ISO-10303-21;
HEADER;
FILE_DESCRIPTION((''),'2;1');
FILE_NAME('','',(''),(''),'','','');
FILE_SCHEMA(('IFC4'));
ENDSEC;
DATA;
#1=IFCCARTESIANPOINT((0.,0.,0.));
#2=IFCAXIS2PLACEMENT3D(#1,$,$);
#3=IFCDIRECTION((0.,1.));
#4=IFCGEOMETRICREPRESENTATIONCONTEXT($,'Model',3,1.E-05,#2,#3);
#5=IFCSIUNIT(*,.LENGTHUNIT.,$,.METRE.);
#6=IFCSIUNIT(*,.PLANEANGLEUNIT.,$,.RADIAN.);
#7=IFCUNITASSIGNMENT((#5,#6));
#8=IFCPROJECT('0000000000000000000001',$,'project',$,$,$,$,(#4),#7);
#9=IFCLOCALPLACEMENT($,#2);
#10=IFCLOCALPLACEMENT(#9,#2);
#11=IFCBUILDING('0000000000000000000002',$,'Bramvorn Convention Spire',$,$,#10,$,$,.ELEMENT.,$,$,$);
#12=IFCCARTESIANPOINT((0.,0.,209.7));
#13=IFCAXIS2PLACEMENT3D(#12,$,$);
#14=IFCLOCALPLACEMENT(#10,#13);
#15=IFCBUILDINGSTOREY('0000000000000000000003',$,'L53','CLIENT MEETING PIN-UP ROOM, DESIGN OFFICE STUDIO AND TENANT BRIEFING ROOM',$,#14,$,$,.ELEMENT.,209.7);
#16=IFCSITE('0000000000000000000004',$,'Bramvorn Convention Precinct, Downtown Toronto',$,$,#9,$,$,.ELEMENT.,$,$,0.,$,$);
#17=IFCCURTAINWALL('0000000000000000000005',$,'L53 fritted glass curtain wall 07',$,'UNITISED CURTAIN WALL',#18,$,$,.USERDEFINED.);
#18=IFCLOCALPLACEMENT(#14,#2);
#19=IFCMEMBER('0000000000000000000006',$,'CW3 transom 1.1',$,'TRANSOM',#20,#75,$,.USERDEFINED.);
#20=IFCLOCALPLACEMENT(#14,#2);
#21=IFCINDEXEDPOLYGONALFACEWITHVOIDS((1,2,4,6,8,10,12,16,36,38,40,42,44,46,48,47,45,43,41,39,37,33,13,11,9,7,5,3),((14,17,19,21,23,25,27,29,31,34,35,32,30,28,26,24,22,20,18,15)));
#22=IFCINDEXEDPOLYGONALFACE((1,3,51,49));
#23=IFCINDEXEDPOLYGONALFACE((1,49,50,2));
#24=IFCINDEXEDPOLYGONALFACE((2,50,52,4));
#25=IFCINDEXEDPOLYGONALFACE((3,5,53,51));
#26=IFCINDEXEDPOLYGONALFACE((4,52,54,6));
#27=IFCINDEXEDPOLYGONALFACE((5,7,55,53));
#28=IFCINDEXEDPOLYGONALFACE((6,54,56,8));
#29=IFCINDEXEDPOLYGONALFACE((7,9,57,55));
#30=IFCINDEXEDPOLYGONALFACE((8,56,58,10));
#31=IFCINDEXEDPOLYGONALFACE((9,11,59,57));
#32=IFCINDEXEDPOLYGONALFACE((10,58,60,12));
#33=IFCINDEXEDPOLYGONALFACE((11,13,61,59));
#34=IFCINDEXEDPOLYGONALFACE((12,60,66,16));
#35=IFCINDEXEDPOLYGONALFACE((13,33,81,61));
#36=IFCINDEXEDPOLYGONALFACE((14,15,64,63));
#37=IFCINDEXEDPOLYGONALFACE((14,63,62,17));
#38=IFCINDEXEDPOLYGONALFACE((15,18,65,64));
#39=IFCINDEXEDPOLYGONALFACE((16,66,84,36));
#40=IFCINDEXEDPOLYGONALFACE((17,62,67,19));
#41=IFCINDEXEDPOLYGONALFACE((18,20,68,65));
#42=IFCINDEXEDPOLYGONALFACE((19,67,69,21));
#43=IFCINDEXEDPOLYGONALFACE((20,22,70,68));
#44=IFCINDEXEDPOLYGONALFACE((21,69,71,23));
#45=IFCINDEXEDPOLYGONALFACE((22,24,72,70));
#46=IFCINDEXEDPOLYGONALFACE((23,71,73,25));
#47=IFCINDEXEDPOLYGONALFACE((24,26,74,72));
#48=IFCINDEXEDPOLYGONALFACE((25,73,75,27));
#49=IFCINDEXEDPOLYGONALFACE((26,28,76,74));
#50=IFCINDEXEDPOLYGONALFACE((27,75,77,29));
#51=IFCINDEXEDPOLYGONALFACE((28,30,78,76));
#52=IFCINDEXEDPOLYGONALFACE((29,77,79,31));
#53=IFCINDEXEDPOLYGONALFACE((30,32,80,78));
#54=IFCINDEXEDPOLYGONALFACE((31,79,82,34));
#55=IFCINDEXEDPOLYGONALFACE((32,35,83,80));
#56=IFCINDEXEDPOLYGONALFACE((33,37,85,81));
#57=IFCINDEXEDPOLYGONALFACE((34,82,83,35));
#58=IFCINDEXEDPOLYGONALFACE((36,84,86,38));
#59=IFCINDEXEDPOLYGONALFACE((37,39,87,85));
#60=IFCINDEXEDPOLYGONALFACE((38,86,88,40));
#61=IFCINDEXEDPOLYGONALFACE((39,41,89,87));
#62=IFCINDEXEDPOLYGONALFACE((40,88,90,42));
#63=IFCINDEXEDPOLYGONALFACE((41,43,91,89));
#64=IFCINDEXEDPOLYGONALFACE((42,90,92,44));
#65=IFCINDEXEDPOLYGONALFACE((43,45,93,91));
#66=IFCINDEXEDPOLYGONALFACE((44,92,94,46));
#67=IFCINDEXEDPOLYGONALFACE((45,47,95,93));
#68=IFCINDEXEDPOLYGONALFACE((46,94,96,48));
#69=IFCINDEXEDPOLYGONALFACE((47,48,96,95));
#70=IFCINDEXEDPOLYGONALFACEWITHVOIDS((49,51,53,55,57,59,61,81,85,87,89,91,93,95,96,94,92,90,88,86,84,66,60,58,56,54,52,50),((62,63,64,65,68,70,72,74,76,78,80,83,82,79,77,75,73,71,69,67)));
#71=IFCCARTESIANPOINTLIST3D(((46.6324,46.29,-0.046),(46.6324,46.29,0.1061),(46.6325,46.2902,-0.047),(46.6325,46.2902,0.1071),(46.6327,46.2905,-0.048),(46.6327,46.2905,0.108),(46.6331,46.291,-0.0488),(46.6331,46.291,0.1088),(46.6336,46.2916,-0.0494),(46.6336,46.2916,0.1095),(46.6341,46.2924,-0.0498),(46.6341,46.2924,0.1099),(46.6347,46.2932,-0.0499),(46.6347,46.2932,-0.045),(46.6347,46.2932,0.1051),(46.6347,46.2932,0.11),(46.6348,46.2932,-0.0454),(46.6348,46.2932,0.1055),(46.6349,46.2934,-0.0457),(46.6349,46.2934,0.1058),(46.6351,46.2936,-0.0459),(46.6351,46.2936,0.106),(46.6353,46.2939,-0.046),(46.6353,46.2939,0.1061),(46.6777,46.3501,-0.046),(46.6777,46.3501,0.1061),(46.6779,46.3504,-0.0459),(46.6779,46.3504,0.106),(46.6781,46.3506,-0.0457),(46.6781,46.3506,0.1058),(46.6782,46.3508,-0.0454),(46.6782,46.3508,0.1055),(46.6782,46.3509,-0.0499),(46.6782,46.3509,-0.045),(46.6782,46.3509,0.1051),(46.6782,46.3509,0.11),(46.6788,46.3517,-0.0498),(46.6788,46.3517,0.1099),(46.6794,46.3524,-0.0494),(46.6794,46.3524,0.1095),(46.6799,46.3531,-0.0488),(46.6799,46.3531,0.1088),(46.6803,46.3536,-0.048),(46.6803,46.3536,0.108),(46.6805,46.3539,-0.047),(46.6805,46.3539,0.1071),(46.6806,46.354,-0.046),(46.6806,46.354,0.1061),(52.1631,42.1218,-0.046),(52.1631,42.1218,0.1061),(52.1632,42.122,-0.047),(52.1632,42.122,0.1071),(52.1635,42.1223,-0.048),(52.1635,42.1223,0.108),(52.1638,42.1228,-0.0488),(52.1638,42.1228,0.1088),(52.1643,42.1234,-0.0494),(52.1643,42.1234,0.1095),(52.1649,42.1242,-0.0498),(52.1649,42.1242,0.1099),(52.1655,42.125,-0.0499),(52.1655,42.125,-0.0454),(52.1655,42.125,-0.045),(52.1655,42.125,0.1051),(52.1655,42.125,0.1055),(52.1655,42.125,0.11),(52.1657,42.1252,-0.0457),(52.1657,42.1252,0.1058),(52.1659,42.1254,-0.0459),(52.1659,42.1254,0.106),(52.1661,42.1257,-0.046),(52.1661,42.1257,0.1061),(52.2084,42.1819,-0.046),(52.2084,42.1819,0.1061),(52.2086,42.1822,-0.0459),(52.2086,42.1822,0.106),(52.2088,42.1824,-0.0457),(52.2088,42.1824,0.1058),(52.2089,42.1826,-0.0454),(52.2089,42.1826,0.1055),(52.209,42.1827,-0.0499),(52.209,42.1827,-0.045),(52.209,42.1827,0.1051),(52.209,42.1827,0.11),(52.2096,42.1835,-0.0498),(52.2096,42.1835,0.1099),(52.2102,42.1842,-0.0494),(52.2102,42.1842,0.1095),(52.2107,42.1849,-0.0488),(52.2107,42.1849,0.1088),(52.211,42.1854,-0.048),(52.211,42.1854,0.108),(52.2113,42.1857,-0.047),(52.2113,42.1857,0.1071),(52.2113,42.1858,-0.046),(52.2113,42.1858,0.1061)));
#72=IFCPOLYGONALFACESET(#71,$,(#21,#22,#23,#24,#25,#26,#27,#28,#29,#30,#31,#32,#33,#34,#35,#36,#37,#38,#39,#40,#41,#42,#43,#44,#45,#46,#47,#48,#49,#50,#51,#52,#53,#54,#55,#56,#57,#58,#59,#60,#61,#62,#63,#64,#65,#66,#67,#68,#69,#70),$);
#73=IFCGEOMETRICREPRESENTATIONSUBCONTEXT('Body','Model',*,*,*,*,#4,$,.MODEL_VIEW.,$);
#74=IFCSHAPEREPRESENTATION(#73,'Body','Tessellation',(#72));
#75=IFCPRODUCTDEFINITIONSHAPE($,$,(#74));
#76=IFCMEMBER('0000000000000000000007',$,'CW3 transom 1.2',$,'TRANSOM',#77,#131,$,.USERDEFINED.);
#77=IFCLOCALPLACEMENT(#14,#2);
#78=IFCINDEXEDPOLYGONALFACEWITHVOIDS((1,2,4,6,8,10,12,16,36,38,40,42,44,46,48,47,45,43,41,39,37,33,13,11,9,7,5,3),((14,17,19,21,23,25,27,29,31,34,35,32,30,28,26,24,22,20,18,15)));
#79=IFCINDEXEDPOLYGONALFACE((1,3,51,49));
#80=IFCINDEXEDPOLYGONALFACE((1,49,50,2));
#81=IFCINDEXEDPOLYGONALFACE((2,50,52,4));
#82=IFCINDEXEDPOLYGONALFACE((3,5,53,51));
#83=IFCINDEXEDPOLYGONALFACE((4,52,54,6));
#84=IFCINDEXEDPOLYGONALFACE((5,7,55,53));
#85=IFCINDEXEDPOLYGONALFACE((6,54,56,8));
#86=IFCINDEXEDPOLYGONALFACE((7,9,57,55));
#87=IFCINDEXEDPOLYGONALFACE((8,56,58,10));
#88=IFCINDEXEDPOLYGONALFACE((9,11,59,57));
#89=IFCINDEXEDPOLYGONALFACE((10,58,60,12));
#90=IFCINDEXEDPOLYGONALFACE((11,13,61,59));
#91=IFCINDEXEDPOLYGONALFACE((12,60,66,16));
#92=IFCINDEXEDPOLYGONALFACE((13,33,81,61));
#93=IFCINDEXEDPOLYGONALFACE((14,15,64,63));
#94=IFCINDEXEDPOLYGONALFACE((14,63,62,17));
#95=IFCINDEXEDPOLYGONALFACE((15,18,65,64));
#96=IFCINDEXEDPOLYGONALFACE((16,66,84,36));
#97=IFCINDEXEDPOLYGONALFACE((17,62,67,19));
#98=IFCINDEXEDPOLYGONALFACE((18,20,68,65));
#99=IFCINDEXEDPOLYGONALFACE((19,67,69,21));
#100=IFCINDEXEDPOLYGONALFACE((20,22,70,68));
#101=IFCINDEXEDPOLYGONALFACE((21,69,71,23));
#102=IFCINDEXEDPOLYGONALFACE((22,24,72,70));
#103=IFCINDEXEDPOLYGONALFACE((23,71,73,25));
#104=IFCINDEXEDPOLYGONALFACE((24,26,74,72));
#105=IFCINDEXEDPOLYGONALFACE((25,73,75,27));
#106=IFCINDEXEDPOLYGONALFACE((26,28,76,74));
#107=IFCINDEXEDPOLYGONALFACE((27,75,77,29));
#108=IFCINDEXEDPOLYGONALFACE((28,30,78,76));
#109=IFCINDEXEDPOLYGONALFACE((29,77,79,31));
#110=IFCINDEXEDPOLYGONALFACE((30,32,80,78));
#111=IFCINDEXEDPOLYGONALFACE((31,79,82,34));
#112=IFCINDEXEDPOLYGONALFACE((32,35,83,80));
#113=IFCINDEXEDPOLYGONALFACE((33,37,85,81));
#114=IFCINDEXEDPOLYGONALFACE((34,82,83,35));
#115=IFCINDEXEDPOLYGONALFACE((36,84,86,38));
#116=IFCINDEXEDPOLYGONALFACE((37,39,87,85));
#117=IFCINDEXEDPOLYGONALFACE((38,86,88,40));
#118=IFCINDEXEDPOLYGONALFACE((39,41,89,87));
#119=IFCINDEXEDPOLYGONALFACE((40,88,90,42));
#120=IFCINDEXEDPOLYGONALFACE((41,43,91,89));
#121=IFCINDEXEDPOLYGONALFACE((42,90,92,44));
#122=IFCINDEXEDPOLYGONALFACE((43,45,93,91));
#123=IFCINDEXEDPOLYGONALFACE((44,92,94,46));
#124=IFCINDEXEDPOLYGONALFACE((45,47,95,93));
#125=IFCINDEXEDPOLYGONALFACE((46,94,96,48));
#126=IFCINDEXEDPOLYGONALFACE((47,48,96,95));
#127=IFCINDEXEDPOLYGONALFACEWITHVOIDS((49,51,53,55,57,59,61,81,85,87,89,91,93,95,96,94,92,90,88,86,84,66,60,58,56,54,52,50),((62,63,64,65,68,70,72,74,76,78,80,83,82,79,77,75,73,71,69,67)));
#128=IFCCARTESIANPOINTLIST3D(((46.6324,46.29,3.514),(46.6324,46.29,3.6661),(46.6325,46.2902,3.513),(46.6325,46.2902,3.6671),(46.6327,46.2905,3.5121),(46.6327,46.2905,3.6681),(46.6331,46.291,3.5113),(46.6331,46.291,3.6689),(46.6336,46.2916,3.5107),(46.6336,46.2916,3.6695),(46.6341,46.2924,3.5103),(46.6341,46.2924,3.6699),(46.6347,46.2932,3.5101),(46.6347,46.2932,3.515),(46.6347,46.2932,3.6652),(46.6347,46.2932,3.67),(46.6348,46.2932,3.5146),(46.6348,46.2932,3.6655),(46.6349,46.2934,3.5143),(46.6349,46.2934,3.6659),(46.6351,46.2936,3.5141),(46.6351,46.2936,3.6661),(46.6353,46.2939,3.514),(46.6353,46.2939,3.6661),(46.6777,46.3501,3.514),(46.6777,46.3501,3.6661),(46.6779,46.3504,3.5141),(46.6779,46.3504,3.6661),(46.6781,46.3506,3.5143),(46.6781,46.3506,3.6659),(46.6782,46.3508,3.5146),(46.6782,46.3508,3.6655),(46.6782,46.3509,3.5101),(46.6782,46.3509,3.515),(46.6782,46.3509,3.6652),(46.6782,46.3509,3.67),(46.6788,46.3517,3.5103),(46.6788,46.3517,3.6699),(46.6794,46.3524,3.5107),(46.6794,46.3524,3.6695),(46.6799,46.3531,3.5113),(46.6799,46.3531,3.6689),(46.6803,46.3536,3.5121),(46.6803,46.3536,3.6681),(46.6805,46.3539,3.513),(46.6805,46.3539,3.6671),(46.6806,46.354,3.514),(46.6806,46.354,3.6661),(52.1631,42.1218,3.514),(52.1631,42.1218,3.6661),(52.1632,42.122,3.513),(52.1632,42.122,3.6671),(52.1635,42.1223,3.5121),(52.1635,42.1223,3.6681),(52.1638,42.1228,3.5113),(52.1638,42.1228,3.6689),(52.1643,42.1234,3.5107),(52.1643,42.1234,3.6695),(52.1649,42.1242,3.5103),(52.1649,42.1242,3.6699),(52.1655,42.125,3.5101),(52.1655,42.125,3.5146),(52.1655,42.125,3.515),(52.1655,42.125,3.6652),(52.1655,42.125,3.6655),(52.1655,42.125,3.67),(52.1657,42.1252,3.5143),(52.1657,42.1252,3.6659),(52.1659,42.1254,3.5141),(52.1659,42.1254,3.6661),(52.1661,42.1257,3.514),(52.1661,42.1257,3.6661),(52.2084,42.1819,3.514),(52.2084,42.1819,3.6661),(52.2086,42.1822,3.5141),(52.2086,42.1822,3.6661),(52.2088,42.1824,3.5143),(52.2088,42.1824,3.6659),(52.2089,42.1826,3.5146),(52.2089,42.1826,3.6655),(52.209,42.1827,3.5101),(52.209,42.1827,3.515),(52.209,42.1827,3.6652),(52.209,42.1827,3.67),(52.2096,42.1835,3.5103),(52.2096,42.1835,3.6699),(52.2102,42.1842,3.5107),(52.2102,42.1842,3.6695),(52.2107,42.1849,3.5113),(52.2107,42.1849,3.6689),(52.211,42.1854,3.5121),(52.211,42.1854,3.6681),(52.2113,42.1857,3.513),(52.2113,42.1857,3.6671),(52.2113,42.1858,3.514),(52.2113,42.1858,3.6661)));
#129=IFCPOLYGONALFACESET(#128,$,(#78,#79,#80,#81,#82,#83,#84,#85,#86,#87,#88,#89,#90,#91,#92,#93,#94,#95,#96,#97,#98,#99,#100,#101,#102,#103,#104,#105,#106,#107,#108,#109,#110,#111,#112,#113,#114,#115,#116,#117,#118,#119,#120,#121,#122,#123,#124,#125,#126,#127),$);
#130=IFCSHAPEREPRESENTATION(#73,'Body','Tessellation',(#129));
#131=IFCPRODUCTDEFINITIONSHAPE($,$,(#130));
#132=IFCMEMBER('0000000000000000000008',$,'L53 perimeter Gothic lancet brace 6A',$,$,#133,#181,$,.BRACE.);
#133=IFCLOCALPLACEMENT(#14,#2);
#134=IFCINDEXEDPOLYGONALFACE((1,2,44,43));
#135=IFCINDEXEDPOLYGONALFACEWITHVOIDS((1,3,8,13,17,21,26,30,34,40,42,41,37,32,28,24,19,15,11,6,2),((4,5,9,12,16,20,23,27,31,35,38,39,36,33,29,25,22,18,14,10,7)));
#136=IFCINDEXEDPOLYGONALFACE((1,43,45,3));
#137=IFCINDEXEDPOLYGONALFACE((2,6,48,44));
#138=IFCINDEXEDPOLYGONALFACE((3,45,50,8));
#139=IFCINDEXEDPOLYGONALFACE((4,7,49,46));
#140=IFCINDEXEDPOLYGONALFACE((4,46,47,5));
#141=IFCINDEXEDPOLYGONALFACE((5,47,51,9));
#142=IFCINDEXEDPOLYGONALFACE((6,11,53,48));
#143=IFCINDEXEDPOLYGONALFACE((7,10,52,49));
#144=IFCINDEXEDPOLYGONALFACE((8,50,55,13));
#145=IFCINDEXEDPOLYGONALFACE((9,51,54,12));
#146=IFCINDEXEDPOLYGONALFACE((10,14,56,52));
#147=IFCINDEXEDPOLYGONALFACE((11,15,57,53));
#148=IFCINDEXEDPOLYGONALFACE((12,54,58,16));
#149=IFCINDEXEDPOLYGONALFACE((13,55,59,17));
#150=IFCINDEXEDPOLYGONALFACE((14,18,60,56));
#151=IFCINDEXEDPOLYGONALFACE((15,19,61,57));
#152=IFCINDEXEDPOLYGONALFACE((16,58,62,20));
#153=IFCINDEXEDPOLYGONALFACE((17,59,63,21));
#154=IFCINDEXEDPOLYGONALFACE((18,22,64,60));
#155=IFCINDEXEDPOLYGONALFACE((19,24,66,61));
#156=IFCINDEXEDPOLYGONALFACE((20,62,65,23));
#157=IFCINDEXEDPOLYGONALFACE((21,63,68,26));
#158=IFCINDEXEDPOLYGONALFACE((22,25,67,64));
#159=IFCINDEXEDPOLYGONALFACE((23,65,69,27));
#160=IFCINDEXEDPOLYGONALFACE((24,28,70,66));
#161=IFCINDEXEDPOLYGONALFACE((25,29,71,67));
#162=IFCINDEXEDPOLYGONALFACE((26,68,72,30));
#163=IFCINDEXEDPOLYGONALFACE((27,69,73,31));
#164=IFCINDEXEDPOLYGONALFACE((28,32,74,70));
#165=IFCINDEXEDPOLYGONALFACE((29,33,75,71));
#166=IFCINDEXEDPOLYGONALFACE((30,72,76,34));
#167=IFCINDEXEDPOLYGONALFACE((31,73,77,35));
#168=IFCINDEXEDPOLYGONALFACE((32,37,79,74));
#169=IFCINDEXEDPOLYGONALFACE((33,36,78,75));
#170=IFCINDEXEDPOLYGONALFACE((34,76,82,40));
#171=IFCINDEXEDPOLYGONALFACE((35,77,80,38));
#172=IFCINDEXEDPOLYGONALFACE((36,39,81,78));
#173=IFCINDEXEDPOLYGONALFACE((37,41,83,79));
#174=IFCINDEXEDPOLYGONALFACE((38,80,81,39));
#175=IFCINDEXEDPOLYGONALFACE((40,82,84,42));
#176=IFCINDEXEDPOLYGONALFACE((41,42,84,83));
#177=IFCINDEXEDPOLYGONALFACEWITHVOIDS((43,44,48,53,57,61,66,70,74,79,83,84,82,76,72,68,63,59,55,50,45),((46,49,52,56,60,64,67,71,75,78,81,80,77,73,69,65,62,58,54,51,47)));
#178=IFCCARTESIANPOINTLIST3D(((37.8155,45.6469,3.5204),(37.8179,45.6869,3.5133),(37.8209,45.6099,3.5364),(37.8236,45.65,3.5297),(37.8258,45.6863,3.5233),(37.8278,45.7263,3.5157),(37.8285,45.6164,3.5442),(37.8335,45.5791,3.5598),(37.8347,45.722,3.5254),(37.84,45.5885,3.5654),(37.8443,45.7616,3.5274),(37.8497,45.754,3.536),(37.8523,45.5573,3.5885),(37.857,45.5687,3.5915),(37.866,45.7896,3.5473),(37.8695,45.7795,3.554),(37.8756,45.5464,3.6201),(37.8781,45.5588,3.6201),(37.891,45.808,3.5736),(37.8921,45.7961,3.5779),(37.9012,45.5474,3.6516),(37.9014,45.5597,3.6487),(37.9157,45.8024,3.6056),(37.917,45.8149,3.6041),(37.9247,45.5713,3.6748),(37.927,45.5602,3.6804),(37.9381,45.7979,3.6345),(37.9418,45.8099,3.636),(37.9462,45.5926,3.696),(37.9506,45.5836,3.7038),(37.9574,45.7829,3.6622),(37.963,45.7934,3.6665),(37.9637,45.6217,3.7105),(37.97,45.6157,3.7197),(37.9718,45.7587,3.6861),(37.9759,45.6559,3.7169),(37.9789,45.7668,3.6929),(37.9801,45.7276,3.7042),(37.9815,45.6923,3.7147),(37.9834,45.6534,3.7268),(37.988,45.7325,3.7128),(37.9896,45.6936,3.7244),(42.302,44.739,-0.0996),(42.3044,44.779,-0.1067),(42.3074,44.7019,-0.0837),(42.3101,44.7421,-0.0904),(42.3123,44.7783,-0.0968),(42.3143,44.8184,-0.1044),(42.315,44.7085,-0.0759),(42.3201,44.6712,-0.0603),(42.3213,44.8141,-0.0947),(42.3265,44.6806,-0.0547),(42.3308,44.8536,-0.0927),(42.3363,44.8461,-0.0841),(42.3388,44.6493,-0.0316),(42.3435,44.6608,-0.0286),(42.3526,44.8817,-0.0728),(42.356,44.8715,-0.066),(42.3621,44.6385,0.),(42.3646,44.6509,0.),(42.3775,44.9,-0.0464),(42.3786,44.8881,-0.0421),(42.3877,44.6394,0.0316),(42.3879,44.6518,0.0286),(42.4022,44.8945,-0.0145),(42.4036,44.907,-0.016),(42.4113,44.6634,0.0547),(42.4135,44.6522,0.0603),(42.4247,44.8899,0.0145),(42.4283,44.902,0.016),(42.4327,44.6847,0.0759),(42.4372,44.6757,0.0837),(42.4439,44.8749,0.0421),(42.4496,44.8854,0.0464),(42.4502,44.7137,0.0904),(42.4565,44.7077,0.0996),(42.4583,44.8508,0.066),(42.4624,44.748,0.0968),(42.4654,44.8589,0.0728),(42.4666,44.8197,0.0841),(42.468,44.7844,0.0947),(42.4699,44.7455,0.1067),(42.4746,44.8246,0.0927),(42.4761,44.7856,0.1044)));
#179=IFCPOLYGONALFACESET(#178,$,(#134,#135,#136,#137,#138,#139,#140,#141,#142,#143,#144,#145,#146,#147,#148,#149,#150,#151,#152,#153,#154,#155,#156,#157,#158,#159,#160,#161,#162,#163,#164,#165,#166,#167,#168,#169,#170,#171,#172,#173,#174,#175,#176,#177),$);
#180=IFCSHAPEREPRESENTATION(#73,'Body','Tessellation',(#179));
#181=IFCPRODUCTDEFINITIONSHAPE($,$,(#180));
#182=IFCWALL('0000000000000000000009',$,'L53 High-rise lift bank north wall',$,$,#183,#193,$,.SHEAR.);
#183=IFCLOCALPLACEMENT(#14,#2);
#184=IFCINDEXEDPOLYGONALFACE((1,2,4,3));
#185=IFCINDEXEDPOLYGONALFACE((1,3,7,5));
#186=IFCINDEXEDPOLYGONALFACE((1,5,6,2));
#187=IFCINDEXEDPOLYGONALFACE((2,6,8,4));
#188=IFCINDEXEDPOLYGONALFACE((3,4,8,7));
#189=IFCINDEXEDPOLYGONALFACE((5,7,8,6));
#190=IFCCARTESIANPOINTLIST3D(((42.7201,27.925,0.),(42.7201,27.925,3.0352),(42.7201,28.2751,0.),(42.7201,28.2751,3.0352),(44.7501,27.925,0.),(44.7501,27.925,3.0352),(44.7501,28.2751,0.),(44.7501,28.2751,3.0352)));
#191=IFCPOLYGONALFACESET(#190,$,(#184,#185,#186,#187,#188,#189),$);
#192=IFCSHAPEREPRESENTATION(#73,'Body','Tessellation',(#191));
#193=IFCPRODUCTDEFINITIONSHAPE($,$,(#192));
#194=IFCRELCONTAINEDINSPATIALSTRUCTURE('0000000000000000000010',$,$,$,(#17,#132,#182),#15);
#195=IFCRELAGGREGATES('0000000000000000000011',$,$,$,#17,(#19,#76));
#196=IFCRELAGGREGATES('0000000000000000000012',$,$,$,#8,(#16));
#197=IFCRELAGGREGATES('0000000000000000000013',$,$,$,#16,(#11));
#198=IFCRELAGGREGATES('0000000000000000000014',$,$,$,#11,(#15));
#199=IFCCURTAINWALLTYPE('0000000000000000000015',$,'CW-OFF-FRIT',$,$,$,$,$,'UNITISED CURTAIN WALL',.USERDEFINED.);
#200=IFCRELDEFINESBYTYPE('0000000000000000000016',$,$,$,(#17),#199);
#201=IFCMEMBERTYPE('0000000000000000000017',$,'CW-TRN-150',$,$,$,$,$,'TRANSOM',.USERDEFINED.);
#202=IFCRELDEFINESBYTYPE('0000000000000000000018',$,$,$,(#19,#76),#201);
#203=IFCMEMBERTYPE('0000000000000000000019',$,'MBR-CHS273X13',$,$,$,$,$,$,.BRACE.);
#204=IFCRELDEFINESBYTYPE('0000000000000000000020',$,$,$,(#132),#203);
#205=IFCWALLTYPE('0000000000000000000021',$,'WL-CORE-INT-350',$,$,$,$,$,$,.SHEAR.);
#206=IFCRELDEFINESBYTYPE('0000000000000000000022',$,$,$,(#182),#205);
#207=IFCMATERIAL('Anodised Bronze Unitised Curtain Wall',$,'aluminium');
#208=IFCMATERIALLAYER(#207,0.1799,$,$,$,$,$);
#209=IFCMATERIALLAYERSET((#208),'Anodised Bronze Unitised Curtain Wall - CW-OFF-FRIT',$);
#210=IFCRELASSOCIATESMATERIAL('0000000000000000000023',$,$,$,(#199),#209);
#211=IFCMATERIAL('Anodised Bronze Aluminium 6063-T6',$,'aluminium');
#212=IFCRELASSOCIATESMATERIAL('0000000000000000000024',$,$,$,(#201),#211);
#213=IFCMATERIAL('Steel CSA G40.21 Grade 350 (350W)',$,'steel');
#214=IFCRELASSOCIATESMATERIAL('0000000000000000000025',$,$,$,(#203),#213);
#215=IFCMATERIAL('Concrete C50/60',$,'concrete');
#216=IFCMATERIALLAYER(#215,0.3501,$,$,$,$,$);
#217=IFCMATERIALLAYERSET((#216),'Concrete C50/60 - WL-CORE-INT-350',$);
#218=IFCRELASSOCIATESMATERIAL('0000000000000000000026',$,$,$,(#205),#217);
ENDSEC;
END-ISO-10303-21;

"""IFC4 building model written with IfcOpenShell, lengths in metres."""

from ifc_helpers import new_model, si_unit, direction, frame, frame_2d, origin, origin_2d, place, context, subcontext, project, spatial, rectangle, hollow_rectangle, hollow_circle, extrude, material, layer, layer_set, material_profile, profile_set, type_object, element, aggregate, save


model = new_model("IFC4")

# Units and contexts
model_context = context("Model", 3, precision=1e-05, world=origin(), true_north=direction((0.0, 1.0)))
body_context = subcontext(model_context, "Body", "Model", "MODEL_VIEW")
ifc_project = project(units=[si_unit("LENGTHUNIT", "METRE"), si_unit("PLANEANGLEUNIT", "RADIAN")], contexts=[model_context])

# Site, building, storey
site_placement = place(None, origin())
site = spatial("IfcSite", under=ifc_project, at=site_placement, Name="Bramvorn Convention Precinct, Downtown Toronto", CompositionType="ELEMENT", RefElevation=0.0)
building_placement = place(site_placement, origin())
building = spatial("IfcBuilding", under=site, at=building_placement, Name="Bramvorn Convention Spire", CompositionType="ELEMENT")
storey_placement = place(building_placement, frame((0.0, 0.0, 209.7)))
storey = spatial("IfcBuildingStorey", under=building, at=storey_placement, Name="L53", Description="CLIENT MEETING PIN-UP ROOM, DESIGN OFFICE STUDIO AND TENANT BRIEFING ROOM", CompositionType="ELEMENT", Elevation=209.7)

# Shared definitions
ifc_material_1 = material(Name="Steel CSA G40.21 Grade 350 (350W)", Category="steel")

# Curtain wall, members
ifc_material_2 = material(Name="Anodised Bronze Unitised Curtain Wall", Category="aluminium")
ifc_layer_1 = layer(ifc_material_2, 0.1799)
ifc_layer_set_1 = layer_set([ifc_layer_1], Name="Anodised Bronze Unitised Curtain Wall - CW-OFF-FRIT")
curtain_wall_type = type_object("IfcCurtainWallType", Name="CW-OFF-FRIT", ElementType="UNITISED CURTAIN WALL", PredefinedType="USERDEFINED", material=ifc_layer_set_1)
curtain_wall_placement = place(storey_placement, origin())
curtain_wall = element("IfcCurtainWall", 1, at=curtain_wall_placement, inside=storey, type_object=curtain_wall_type, Name="L53 fritted glass curtain wall 07", ObjectType="UNITISED CURTAIN WALL", PredefinedType="USERDEFINED")
ifc_material_3 = material(Name="Anodised Bronze Aluminium 6063-T6", Category="aluminium")
ifc_material_profile_1 = material_profile(ifc_material_3, hollow_rectangle(XDim=0.0801, YDim=0.1599, WallThickness=0.0039, InnerFilletRadius=0.001, OuterFilletRadius=0.0039, at=origin_2d()))
ifc_profile_set_1 = profile_set([ifc_material_profile_1], Name="Anodised Bronze Aluminium 6063-T6 - CWT80X160")
member_type_1 = type_object("IfcMemberType", Name="CW-TRN-150", ElementType="TRANSOM", PredefinedType="USERDEFINED", material=ifc_profile_set_1)
member_1_placement = place(storey_placement, frame((46.6565, 46.322, 0.03), z_axis=(0.798602, -0.60186, 0.0), x_axis=(0.60186, 0.798602, 0.0)))
member_1 = element("IfcMember", 2, at=member_1_placement, type_object=member_type_1, Name="CW3 transom 1.1", ObjectType="TRANSOM", PredefinedType="USERDEFINED", context=body_context, shape_type="SweptSolid", body=[
    extrude(hollow_rectangle(XDim=0.0801, YDim=0.1599, WallThickness=0.0039, InnerFilletRadius=0.001, OuterFilletRadius=0.0039, at=origin_2d()), origin(), (0.0, 0.0, 1.0), 6.9255),
])
member_2_placement = place(storey_placement, frame((46.6565, 46.322, 3.5901), z_axis=(0.798602, -0.60186, 0.0), x_axis=(0.60186, 0.798602, 0.0)))
member_2 = element("IfcMember", 3, at=member_2_placement, type_object=member_type_1, Name="CW3 transom 1.2", ObjectType="TRANSOM", PredefinedType="USERDEFINED", context=body_context, shape_type="SweptSolid", body=[
    extrude(hollow_rectangle(XDim=0.0801, YDim=0.1599, WallThickness=0.0039, InnerFilletRadius=0.001, OuterFilletRadius=0.0039, at=origin_2d()), origin(), (0.0, 0.0, 1.0), 6.9255),
])
aggregate(curtain_wall, [member_1, member_2])

# Member
ifc_material_profile_2 = material_profile(ifc_material_1, hollow_circle(Radius=0.1365, WallThickness=0.0127, at=origin_2d()))
ifc_profile_set_2 = profile_set([ifc_material_profile_2], Name="Steel CSA G40.21 Grade 350 (350W) - CHS273X13")
member_type_2 = type_object("IfcMemberType", Name="MBR-CHS273X13", PredefinedType="BRACE", material=ifc_profile_set_2)
member_3_placement = place(storey_placement, frame((42.3892, 44.7722, 0.0), z_axis=(-0.768774, 0.155579, 0.620307), x_axis=(-0.198352, -0.980131, 0.0)))
element("IfcMember", 4, at=member_3_placement, inside=storey, type_object=member_type_2, Name="L53 perimeter Gothic lancet brace 6A", PredefinedType="BRACE", context=body_context, shape_type="SweptSolid", body=[
    extrude(hollow_circle(Radius=0.1365, WallThickness=0.0127, at=origin_2d()), origin(), (0.0, 0.0, 1.0), 5.8359),
])

# Shared definitions
ifc_material_4 = material(Name="Concrete C50/60", Category="concrete")
ifc_layer_2 = layer(ifc_material_4, 0.3501)
ifc_layer_set_2 = layer_set([ifc_layer_2], Name="Concrete C50/60 - WL-CORE-INT-350")
wall_type_1 = type_object("IfcWallType", Name="WL-CORE-INT-350", PredefinedType="SHEAR", material=ifc_layer_set_2)

# Wall
wall_1_placement = place(storey_placement, frame((42.72, 28.1001, 0.0), z_axis=(0.0, 0.0, 1.0), x_axis=(1.0, 0.0, 0.0)))
element("IfcWall", 5, at=wall_1_placement, inside=storey, type_object=wall_type_1, Name="L53 High-rise lift bank north wall", PredefinedType="SHEAR", context=body_context, shape_type="SweptSolid", body=[
    extrude(rectangle(XDim=2.03, YDim=0.3501, at=frame_2d((1.0151, 0.0))), origin(), (0.0, 0.0, 1.0), 3.0352),
])

save(model, "model.ifc")
